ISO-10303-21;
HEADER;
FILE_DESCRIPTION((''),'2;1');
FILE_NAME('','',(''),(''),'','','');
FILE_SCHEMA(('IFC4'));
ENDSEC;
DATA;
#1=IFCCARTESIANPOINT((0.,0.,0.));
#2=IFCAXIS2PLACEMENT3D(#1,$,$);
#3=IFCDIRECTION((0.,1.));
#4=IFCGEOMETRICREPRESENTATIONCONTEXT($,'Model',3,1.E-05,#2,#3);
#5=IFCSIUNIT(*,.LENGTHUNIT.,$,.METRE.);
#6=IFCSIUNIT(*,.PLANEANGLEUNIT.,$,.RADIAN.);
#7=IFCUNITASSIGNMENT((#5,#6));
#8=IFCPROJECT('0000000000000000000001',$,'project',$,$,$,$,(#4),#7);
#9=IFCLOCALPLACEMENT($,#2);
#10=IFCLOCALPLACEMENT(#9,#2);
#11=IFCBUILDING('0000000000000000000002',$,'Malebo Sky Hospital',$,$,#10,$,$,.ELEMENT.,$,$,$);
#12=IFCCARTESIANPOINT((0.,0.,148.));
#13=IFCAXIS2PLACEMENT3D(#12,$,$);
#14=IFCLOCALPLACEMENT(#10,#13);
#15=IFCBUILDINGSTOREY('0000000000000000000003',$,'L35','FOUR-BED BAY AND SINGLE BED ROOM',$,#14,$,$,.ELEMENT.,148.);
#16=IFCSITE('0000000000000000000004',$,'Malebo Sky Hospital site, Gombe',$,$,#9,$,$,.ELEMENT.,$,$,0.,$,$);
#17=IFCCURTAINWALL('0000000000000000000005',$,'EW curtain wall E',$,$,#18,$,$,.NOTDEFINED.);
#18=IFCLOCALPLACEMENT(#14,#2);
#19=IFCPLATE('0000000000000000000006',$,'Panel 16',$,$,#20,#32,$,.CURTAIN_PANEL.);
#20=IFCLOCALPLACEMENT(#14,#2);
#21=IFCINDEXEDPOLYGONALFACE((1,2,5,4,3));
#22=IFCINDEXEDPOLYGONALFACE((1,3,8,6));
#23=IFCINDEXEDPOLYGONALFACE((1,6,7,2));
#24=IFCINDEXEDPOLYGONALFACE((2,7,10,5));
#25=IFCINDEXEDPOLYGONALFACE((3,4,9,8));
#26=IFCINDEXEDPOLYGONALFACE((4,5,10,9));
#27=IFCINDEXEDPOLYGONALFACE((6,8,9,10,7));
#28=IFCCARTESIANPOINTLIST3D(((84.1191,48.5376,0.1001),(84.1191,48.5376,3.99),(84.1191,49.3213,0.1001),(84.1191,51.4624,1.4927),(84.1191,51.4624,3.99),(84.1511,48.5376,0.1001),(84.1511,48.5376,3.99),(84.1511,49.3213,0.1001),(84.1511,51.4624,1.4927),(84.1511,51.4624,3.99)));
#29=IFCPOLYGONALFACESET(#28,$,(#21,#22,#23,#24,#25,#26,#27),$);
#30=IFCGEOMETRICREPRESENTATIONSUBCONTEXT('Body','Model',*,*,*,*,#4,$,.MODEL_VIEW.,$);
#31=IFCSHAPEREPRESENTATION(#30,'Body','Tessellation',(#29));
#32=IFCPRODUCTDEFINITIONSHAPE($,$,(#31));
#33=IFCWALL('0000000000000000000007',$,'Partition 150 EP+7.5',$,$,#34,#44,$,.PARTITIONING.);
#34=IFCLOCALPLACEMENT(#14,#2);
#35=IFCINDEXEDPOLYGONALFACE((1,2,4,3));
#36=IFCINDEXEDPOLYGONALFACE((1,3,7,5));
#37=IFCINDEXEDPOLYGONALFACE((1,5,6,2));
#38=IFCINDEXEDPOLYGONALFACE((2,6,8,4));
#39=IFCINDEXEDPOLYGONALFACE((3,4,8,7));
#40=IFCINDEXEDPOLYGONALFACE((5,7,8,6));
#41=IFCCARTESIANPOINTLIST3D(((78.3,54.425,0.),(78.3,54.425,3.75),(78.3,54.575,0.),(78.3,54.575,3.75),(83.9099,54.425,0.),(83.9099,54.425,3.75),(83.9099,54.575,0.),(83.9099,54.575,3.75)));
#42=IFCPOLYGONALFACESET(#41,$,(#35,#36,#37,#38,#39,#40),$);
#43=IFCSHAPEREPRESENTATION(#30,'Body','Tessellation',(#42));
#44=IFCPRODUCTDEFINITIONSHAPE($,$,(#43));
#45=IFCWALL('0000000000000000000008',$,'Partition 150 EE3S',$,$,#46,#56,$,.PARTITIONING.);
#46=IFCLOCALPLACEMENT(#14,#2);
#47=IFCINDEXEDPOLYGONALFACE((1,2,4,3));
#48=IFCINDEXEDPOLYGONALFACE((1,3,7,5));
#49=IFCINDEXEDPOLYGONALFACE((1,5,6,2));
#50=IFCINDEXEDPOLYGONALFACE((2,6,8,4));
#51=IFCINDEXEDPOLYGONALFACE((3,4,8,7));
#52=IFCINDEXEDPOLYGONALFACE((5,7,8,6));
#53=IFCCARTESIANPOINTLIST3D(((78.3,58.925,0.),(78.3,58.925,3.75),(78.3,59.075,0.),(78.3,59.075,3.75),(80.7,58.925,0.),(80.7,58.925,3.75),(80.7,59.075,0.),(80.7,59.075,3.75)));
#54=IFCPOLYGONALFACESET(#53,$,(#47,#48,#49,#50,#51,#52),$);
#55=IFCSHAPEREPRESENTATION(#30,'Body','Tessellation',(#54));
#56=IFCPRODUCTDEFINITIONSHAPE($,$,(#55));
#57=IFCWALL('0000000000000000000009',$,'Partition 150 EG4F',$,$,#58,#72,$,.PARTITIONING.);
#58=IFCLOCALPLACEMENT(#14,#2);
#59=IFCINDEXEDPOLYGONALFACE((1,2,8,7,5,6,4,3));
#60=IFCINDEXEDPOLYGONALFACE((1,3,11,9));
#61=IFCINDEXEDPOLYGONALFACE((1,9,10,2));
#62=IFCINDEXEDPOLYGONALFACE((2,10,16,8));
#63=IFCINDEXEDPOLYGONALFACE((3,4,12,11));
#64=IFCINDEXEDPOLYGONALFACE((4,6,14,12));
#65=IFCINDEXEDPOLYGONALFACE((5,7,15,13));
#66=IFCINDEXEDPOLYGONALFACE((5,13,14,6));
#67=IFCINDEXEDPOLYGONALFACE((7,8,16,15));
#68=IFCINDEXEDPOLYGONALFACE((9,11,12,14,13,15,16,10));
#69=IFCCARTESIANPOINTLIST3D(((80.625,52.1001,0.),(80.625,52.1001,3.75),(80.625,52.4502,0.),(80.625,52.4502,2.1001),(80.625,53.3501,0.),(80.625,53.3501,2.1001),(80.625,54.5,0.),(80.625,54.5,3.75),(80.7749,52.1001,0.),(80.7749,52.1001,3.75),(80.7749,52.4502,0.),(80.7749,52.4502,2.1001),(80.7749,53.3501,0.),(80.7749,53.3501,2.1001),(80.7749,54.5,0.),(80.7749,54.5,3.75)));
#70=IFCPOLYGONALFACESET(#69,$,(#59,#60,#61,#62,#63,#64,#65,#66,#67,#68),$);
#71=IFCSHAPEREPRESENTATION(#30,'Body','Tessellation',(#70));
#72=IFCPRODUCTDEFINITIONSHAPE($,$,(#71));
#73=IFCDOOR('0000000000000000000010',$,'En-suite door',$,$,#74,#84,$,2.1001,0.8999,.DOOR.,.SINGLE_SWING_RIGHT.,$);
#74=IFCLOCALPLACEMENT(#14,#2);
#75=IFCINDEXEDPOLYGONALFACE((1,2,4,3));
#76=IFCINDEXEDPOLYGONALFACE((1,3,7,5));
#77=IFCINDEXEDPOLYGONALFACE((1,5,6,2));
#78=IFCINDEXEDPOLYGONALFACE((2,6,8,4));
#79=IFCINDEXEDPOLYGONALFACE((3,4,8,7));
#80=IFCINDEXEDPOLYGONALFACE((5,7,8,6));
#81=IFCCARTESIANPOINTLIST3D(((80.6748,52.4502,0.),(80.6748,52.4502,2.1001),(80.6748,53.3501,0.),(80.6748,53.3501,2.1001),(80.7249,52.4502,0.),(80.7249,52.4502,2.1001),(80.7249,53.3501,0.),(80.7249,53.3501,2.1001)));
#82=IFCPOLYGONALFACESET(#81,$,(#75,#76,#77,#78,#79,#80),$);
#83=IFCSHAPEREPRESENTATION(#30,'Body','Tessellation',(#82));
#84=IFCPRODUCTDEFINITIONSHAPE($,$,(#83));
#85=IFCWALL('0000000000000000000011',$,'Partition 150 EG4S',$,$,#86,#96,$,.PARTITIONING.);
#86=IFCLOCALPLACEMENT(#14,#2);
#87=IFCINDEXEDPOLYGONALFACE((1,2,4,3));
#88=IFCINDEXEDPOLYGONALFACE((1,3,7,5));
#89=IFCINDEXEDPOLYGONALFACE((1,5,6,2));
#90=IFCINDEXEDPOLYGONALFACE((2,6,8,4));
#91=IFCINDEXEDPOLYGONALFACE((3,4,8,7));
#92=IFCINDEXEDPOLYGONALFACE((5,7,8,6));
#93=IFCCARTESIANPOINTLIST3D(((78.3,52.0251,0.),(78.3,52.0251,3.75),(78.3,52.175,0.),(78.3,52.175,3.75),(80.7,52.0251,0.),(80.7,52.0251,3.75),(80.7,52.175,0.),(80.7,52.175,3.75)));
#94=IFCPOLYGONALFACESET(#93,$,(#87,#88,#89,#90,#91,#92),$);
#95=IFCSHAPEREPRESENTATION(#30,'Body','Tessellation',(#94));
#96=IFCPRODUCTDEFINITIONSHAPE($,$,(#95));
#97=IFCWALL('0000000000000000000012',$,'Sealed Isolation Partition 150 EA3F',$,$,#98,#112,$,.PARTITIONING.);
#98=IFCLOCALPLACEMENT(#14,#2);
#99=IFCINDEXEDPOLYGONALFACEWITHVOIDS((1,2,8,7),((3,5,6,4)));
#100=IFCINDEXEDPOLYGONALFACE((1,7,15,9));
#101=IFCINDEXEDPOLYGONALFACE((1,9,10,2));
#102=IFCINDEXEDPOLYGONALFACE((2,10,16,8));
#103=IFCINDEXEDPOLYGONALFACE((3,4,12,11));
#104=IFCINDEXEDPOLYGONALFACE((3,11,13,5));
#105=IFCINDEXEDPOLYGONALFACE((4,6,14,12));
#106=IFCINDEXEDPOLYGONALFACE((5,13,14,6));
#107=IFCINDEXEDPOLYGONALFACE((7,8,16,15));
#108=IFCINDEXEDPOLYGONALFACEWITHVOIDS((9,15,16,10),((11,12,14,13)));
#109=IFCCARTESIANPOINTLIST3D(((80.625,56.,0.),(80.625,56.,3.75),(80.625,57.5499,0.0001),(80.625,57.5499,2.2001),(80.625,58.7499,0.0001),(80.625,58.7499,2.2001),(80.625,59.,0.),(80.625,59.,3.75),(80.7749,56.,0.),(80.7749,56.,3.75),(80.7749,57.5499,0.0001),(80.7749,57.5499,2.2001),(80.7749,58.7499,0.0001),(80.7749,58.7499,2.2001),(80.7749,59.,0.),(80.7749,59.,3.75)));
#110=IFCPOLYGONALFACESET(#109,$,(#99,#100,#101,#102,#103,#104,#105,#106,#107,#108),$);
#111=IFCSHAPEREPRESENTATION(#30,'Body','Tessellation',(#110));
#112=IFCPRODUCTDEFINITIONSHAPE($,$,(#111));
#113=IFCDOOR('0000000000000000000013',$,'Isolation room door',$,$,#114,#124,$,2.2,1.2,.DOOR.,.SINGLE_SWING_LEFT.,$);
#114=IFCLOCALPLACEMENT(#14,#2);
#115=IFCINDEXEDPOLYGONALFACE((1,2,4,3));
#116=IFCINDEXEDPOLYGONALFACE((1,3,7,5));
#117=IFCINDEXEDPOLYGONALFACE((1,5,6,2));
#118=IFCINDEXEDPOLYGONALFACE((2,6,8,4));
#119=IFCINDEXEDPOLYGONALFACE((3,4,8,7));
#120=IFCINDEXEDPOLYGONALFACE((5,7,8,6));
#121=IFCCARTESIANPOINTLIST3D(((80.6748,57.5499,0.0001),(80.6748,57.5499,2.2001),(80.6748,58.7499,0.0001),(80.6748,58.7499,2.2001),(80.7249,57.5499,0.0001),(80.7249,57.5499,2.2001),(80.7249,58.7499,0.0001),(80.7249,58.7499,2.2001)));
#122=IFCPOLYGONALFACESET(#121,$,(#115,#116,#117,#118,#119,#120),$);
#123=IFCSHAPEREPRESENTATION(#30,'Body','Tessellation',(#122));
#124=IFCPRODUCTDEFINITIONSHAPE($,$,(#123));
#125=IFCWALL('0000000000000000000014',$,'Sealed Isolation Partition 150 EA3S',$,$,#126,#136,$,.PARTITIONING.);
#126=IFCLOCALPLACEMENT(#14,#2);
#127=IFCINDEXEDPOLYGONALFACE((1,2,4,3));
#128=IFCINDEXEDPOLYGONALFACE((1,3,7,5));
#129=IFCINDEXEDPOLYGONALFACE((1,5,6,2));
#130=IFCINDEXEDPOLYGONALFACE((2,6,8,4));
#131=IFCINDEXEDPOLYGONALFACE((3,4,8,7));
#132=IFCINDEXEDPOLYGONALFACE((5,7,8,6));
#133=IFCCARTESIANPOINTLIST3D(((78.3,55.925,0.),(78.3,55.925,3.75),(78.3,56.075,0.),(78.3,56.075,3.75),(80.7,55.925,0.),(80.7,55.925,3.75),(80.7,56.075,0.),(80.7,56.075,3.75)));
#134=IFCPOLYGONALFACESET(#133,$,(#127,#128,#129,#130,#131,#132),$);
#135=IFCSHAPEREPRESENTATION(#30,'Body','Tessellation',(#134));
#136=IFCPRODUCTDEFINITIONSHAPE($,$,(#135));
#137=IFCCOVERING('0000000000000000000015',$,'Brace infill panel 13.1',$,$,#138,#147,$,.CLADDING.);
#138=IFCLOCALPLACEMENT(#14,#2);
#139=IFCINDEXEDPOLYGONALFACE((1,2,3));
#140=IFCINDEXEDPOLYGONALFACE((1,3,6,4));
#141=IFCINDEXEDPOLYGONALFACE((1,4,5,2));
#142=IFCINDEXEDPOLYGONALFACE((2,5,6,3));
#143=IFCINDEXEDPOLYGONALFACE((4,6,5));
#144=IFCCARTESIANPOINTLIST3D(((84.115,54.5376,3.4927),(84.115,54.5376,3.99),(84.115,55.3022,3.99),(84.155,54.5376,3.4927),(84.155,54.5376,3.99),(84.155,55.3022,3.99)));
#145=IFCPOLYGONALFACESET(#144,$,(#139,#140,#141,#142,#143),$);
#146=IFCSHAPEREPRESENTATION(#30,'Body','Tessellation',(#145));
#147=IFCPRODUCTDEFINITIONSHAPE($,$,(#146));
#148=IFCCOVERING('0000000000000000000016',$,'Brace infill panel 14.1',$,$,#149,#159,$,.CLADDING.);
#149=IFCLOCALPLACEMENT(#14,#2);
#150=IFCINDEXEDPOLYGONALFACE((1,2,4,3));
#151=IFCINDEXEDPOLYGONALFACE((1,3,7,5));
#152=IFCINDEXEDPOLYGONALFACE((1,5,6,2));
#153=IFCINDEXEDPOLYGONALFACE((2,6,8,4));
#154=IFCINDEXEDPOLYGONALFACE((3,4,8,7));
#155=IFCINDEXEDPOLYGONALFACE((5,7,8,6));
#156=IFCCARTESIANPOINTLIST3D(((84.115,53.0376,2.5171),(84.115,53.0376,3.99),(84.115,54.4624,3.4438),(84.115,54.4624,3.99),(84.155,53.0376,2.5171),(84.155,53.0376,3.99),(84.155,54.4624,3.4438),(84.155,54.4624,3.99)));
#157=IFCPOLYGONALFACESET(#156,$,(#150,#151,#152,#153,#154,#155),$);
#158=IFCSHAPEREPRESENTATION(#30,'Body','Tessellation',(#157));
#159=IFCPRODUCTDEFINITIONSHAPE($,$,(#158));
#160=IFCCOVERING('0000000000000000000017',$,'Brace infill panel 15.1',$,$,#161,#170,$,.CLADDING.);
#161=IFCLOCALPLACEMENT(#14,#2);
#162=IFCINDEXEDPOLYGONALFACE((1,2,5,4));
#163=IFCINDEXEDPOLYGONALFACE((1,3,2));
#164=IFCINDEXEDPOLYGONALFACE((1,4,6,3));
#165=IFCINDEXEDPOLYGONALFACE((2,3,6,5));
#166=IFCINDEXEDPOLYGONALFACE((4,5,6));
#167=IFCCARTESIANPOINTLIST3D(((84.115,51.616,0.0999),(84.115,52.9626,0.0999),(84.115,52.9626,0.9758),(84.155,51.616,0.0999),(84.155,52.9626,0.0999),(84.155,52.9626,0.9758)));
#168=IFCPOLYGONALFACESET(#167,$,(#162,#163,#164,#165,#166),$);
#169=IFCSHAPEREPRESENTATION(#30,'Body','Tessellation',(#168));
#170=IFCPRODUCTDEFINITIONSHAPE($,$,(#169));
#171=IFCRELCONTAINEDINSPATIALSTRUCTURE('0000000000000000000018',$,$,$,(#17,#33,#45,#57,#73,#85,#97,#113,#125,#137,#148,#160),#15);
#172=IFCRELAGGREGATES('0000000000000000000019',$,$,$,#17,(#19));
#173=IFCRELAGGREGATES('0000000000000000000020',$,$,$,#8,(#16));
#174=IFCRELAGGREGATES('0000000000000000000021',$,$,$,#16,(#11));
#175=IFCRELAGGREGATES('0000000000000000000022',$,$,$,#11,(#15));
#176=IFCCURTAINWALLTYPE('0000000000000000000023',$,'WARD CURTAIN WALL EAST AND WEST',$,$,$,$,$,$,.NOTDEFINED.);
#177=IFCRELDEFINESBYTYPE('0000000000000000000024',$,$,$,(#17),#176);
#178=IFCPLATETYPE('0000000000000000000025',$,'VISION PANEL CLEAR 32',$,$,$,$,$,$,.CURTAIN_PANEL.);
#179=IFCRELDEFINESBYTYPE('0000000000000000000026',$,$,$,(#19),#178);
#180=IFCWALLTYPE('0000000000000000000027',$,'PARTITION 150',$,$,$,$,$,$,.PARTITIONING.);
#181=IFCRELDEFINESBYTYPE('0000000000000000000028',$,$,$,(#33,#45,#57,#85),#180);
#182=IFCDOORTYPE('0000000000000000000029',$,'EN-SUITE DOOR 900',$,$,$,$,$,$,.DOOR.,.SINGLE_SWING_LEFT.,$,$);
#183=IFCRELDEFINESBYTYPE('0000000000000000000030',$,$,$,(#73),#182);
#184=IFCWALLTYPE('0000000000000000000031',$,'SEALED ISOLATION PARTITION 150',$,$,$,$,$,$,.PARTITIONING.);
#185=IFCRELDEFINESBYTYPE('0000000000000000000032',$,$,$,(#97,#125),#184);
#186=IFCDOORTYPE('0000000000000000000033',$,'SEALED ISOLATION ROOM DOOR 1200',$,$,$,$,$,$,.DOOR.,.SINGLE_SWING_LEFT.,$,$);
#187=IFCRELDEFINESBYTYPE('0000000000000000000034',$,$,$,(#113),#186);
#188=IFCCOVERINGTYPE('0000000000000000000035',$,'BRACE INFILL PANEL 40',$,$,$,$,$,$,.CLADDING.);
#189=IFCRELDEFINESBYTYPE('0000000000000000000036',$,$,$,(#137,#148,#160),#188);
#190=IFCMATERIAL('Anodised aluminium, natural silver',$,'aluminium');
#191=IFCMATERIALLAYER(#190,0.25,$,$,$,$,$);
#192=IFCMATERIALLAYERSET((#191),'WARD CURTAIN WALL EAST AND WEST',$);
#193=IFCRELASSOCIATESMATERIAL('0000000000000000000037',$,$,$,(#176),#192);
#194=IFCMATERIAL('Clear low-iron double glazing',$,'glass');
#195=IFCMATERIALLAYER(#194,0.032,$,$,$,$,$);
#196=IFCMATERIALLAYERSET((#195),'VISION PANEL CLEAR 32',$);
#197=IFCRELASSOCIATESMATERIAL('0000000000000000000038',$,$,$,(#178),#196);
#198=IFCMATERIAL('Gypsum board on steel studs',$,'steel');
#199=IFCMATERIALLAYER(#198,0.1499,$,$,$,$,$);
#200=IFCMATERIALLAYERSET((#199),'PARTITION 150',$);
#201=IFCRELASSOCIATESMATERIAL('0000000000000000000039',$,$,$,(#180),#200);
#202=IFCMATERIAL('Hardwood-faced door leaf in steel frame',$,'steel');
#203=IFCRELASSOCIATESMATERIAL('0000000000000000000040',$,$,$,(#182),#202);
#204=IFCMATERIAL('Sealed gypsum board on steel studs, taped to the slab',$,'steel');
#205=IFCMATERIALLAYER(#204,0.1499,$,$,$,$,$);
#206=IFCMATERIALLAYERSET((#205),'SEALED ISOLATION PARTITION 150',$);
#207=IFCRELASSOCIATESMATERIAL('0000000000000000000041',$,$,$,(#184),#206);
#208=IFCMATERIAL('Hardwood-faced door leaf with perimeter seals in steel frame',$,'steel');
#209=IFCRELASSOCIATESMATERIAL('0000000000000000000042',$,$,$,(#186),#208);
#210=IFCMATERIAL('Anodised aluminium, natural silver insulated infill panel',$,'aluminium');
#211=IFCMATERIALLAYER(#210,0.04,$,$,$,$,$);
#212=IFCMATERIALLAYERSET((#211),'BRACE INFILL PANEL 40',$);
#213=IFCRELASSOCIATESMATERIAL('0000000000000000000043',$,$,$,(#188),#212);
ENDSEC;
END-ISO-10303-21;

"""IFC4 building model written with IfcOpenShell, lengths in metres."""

from ifc_helpers import new_model, si_unit, direction, frame, frame_2d, origin, place, context, subcontext, project, spatial, polyline, rectangle, outline, extrude, material, layer, layer_set, type_object, element, fill, aggregate, save


model = new_model("IFC4")

# Units and contexts
model_context = context("Model", 3, precision=1e-05, world=origin(), true_north=direction((0.0, 1.0)))
body_context = subcontext(model_context, "Body", "Model", "MODEL_VIEW")
ifc_project = project(units=[si_unit("LENGTHUNIT", "METRE"), si_unit("PLANEANGLEUNIT", "RADIAN")], contexts=[model_context])

# Site, building, storey
site_placement = place(None, origin())
site = spatial("IfcSite", under=ifc_project, at=site_placement, Name="Malebo Sky Hospital site, Gombe", CompositionType="ELEMENT", RefElevation=0.0)
building_placement = place(site_placement, origin())
building = spatial("IfcBuilding", under=site, at=building_placement, Name="Malebo Sky Hospital", CompositionType="ELEMENT")
storey_placement = place(building_placement, frame((0.0, 0.0, 148.0)))
storey = spatial("IfcBuildingStorey", under=building, at=storey_placement, Name="L35", Description="FOUR-BED BAY AND SINGLE BED ROOM", CompositionType="ELEMENT", Elevation=148.0)

# Curtain wall
ifc_material_1 = material(Name="Anodised aluminium, natural silver", Category="aluminium")
ifc_layer_1 = layer(ifc_material_1, 0.25)
ifc_layer_set_1 = layer_set([ifc_layer_1], Name="WARD CURTAIN WALL EAST AND WEST")
curtain_wall_type = type_object("IfcCurtainWallType", Name="WARD CURTAIN WALL EAST AND WEST", PredefinedType="NOTDEFINED", material=ifc_layer_set_1)
curtain_wall_placement = place(storey_placement, origin())
curtain_wall = element("IfcCurtainWall", 1, at=curtain_wall_placement, inside=storey, type_object=curtain_wall_type, Name="EW curtain wall E", PredefinedType="NOTDEFINED")

# Plate
ifc_material_2 = material(Name="Clear low-iron double glazing", Category="glass")
ifc_layer_2 = layer(ifc_material_2, 0.032)
ifc_layer_set_2 = layer_set([ifc_layer_2], Name="VISION PANEL CLEAR 32")
plate_type = type_object("IfcPlateType", Name="VISION PANEL CLEAR 32", PredefinedType="CURTAIN_PANEL", material=ifc_layer_set_2)
plate_1_placement = place(storey_placement, frame((84.135, 50.0, 0.1001), z_axis=(0.0, 0.0, 1.0), x_axis=(0.0, -1.0, 0.0)))
plate_1 = element("IfcPlate", 2, at=plate_1_placement, type_object=plate_type, Name="Panel 16", PredefinedType="CURTAIN_PANEL", context=body_context, shape_type="SweptSolid", body=[
    extrude(outline(polyline([(0.6787, 0.0), (1.4624, 0.0), (1.4624, 3.8899), (-1.4624, 3.8899), (-1.4624, 1.3926), (0.6787, 0.0)])), frame((0.0, 0.0161, 0.0), z_axis=(0.0, -1.0, 0.0), x_axis=(1.0, 0.0, 0.0)), (0.0, 0.0, 1.0), 0.032),
])
aggregate(curtain_wall, [plate_1])

# Walls
ifc_material_3 = material(Name="Gypsum board on steel studs", Category="steel")
ifc_layer_3 = layer(ifc_material_3, 0.1499)
ifc_layer_set_3 = layer_set([ifc_layer_3], Name="PARTITION 150")
wall_type_1 = type_object("IfcWallType", Name="PARTITION 150", PredefinedType="PARTITIONING", material=ifc_layer_set_3)
wall_1_placement = place(storey_placement, frame((78.3, 54.5, 0.0), z_axis=(0.0, 0.0, 1.0), x_axis=(1.0, 0.0, 0.0)))
element("IfcWall", 3, at=wall_1_placement, inside=storey, type_object=wall_type_1, Name="Partition 150 EP+7.5", PredefinedType="PARTITIONING", context=body_context, shape_type="SweptSolid", body=[
    extrude(rectangle(XDim=5.6099, YDim=0.1499, at=frame_2d((2.8049, 0.0))), origin(), (0.0, 0.0, 1.0), 3.75),
])
wall_2_placement = place(storey_placement, frame((78.3, 59.0, 0.0), z_axis=(0.0, 0.0, 1.0), x_axis=(1.0, 0.0, 0.0)))
element("IfcWall", 4, at=wall_2_placement, inside=storey, type_object=wall_type_1, Name="Partition 150 EE3S", PredefinedType="PARTITIONING", context=body_context, shape_type="SweptSolid", body=[
    extrude(rectangle(XDim=2.3999, YDim=0.1499, at=frame_2d((1.2, 0.0))), origin(), (0.0, 0.0, 1.0), 3.75),
])

# Wall, opening, door
wall_3_placement = place(storey_placement, frame((80.7, 54.5, 0.0), z_axis=(0.0, 0.0, 1.0), x_axis=(0.0, -1.0, 0.0)))
wall_3 = element("IfcWall", 5, at=wall_3_placement, inside=storey, type_object=wall_type_1, Name="Partition 150 EG4F", PredefinedType="PARTITIONING", context=body_context, shape_type="SweptSolid", body=[
    extrude(rectangle(XDim=2.3999, YDim=0.1499, at=frame_2d((1.2, 0.0))), origin(), (0.0, 0.0, 1.0), 3.75),
])
opening_1_placement = place(wall_3_placement, frame((1.1499, 0.0, 0.0)))
opening_1 = element("IfcOpeningElement", 6, at=opening_1_placement, cuts=wall_3, PredefinedType="OPENING", context=body_context, shape_type="SweptSolid", body=[
    extrude(rectangle(XDim=0.8999, YDim=2.1001, at=frame_2d((0.45, 1.05))), frame((0.0, 0.085, 0.0), z_axis=(0.0, -1.0, 0.0), x_axis=(1.0, 0.0, 0.0)), (0.0, 0.0, 1.0), 0.1699),
])
ifc_material_4 = material(Name="Hardwood-faced door leaf in steel frame", Category="steel")
door_type_1 = type_object("IfcDoorType", Name="EN-SUITE DOOR 900", OperationType="SINGLE_SWING_LEFT", PredefinedType="DOOR", material=ifc_material_4)
door_1_placement = place(opening_1_placement, origin())
door_1 = element("IfcDoor", 7, at=door_1_placement, inside=storey, type_object=door_type_1, Name="En-suite door", OperationType="SINGLE_SWING_RIGHT", OverallHeight=2.1001, OverallWidth=0.8999, PredefinedType="DOOR", context=body_context, shape_type="SweptSolid", body=[
    extrude(rectangle(XDim=0.8999, YDim=2.1001, at=frame_2d((0.45, 1.05))), frame((0.0, 0.0249, 0.0), z_axis=(0.0, -1.0, 0.0), x_axis=(1.0, 0.0, 0.0)), (0.0, 0.0, 1.0), 0.05),
])
fill(opening_1, door_1)

# Wall
wall_4_placement = place(storey_placement, frame((78.3, 52.1001, 0.0), z_axis=(0.0, 0.0, 1.0), x_axis=(1.0, 0.0, 0.0)))
element("IfcWall", 8, at=wall_4_placement, inside=storey, type_object=wall_type_1, Name="Partition 150 EG4S", PredefinedType="PARTITIONING", context=body_context, shape_type="SweptSolid", body=[
    extrude(rectangle(XDim=2.3999, YDim=0.1499, at=frame_2d((1.2, 0.0))), origin(), (0.0, 0.0, 1.0), 3.75),
])

# Wall, opening, door
ifc_material_5 = material(Name="Sealed gypsum board on steel studs, taped to the slab", Category="steel")
ifc_layer_4 = layer(ifc_material_5, 0.1499)
ifc_layer_set_4 = layer_set([ifc_layer_4], Name="SEALED ISOLATION PARTITION 150")
wall_type_2 = type_object("IfcWallType", Name="SEALED ISOLATION PARTITION 150", PredefinedType="PARTITIONING", material=ifc_layer_set_4)
wall_5_placement = place(storey_placement, frame((80.7, 59.0, 0.0), z_axis=(0.0, 0.0, 1.0), x_axis=(0.0, -1.0, 0.0)))
wall_5 = element("IfcWall", 9, at=wall_5_placement, inside=storey, type_object=wall_type_2, Name="Sealed Isolation Partition 150 EA3F", PredefinedType="PARTITIONING", context=body_context, shape_type="SweptSolid", body=[
    extrude(rectangle(XDim=3.0, YDim=0.1499, at=frame_2d((1.5, 0.0))), origin(), (0.0, 0.0, 1.0), 3.75),
])
opening_2_placement = place(wall_5_placement, frame((0.25, 0.0, 0.0)))
opening_2 = element("IfcOpeningElement", 10, at=opening_2_placement, cuts=wall_5, PredefinedType="OPENING", context=body_context, shape_type="SweptSolid", body=[
    extrude(rectangle(XDim=1.2, YDim=2.2, at=frame_2d((0.6001, 1.1001))), frame((0.0, 0.085, 0.0), z_axis=(0.0, -1.0, 0.0), x_axis=(1.0, 0.0, 0.0)), (0.0, 0.0, 1.0), 0.1699),
])
ifc_material_6 = material(Name="Hardwood-faced door leaf with perimeter seals in steel frame", Category="steel")
door_type_2 = type_object("IfcDoorType", Name="SEALED ISOLATION ROOM DOOR 1200", OperationType="SINGLE_SWING_LEFT", PredefinedType="DOOR", material=ifc_material_6)
door_2_placement = place(opening_2_placement, origin())
door_2 = element("IfcDoor", 11, at=door_2_placement, inside=storey, type_object=door_type_2, Name="Isolation room door", OperationType="SINGLE_SWING_LEFT", OverallHeight=2.2, OverallWidth=1.2, PredefinedType="DOOR", context=body_context, shape_type="SweptSolid", body=[
    extrude(rectangle(XDim=1.2, YDim=2.2, at=frame_2d((0.6001, 1.1001))), frame((0.0, 0.0249, 0.0), z_axis=(0.0, -1.0, 0.0), x_axis=(1.0, 0.0, 0.0)), (0.0, 0.0, 1.0), 0.05),
])
fill(opening_2, door_2)

# Wall
wall_6_placement = place(storey_placement, frame((78.3, 56.0, 0.0), z_axis=(0.0, 0.0, 1.0), x_axis=(1.0, 0.0, 0.0)))
element("IfcWall", 12, at=wall_6_placement, inside=storey, type_object=wall_type_2, Name="Sealed Isolation Partition 150 EA3S", PredefinedType="PARTITIONING", context=body_context, shape_type="SweptSolid", body=[
    extrude(rectangle(XDim=2.3999, YDim=0.1499, at=frame_2d((1.2, 0.0))), origin(), (0.0, 0.0, 1.0), 3.75),
])

# Coverings
ifc_material_7 = material(Name="Anodised aluminium, natural silver insulated infill panel", Category="aluminium")
ifc_layer_5 = layer(ifc_material_7, 0.04)
ifc_layer_set_5 = layer_set([ifc_layer_5], Name="BRACE INFILL PANEL 40")
covering_type = type_object("IfcCoveringType", Name="BRACE INFILL PANEL 40", PredefinedType="CLADDING", material=ifc_layer_set_5)
covering_1_placement = place(storey_placement, frame((84.135, 54.9199, 3.4927), z_axis=(0.0, 0.0, 1.0), x_axis=(0.0, -1.0, 0.0)))
element("IfcCovering", 13, at=covering_1_placement, inside=storey, type_object=covering_type, Name="Brace infill panel 13.1", PredefinedType="CLADDING", context=body_context, shape_type="SweptSolid", body=[
    extrude(outline(polyline([(0.3823, 0.0), (0.3823, 0.4973), (-0.3823, 0.4973), (0.3823, 0.0)])), frame((0.0, 0.02, 0.0), z_axis=(0.0, -1.0, 0.0), x_axis=(1.0, 0.0, 0.0)), (0.0, 0.0, 1.0), 0.04),
])
covering_2_placement = place(storey_placement, frame((84.135, 53.75, 2.5171), z_axis=(0.0, 0.0, 1.0), x_axis=(0.0, -1.0, 0.0)))
element("IfcCovering", 14, at=covering_2_placement, inside=storey, type_object=covering_type, Name="Brace infill panel 14.1", PredefinedType="CLADDING", context=body_context, shape_type="SweptSolid", body=[
    extrude(outline(polyline([(0.7124, 0.0), (0.7124, 1.4729), (-0.7124, 1.4729), (-0.7124, 0.9268), (0.7124, 0.0)])), frame((0.0, 0.02, 0.0), z_axis=(0.0, -1.0, 0.0), x_axis=(1.0, 0.0, 0.0)), (0.0, 0.0, 1.0), 0.04),
])
covering_3_placement = place(storey_placement, frame((84.135, 52.2893, 0.0999), z_axis=(0.0, 0.0, 1.0), x_axis=(0.0, -1.0, 0.0)))
element("IfcCovering", 15, at=covering_3_placement, inside=storey, type_object=covering_type, Name="Brace infill panel 15.1", PredefinedType="CLADDING", context=body_context, shape_type="SweptSolid", body=[
    extrude(outline(polyline([(-0.6733, 0.0), (0.6733, 0.0), (-0.6733, 0.876), (-0.6733, 0.0)])), frame((0.0, 0.02, 0.0), z_axis=(0.0, -1.0, 0.0), x_axis=(1.0, 0.0, 0.0)), (0.0, 0.0, 1.0), 0.04),
])

save(model, "model.ifc")
